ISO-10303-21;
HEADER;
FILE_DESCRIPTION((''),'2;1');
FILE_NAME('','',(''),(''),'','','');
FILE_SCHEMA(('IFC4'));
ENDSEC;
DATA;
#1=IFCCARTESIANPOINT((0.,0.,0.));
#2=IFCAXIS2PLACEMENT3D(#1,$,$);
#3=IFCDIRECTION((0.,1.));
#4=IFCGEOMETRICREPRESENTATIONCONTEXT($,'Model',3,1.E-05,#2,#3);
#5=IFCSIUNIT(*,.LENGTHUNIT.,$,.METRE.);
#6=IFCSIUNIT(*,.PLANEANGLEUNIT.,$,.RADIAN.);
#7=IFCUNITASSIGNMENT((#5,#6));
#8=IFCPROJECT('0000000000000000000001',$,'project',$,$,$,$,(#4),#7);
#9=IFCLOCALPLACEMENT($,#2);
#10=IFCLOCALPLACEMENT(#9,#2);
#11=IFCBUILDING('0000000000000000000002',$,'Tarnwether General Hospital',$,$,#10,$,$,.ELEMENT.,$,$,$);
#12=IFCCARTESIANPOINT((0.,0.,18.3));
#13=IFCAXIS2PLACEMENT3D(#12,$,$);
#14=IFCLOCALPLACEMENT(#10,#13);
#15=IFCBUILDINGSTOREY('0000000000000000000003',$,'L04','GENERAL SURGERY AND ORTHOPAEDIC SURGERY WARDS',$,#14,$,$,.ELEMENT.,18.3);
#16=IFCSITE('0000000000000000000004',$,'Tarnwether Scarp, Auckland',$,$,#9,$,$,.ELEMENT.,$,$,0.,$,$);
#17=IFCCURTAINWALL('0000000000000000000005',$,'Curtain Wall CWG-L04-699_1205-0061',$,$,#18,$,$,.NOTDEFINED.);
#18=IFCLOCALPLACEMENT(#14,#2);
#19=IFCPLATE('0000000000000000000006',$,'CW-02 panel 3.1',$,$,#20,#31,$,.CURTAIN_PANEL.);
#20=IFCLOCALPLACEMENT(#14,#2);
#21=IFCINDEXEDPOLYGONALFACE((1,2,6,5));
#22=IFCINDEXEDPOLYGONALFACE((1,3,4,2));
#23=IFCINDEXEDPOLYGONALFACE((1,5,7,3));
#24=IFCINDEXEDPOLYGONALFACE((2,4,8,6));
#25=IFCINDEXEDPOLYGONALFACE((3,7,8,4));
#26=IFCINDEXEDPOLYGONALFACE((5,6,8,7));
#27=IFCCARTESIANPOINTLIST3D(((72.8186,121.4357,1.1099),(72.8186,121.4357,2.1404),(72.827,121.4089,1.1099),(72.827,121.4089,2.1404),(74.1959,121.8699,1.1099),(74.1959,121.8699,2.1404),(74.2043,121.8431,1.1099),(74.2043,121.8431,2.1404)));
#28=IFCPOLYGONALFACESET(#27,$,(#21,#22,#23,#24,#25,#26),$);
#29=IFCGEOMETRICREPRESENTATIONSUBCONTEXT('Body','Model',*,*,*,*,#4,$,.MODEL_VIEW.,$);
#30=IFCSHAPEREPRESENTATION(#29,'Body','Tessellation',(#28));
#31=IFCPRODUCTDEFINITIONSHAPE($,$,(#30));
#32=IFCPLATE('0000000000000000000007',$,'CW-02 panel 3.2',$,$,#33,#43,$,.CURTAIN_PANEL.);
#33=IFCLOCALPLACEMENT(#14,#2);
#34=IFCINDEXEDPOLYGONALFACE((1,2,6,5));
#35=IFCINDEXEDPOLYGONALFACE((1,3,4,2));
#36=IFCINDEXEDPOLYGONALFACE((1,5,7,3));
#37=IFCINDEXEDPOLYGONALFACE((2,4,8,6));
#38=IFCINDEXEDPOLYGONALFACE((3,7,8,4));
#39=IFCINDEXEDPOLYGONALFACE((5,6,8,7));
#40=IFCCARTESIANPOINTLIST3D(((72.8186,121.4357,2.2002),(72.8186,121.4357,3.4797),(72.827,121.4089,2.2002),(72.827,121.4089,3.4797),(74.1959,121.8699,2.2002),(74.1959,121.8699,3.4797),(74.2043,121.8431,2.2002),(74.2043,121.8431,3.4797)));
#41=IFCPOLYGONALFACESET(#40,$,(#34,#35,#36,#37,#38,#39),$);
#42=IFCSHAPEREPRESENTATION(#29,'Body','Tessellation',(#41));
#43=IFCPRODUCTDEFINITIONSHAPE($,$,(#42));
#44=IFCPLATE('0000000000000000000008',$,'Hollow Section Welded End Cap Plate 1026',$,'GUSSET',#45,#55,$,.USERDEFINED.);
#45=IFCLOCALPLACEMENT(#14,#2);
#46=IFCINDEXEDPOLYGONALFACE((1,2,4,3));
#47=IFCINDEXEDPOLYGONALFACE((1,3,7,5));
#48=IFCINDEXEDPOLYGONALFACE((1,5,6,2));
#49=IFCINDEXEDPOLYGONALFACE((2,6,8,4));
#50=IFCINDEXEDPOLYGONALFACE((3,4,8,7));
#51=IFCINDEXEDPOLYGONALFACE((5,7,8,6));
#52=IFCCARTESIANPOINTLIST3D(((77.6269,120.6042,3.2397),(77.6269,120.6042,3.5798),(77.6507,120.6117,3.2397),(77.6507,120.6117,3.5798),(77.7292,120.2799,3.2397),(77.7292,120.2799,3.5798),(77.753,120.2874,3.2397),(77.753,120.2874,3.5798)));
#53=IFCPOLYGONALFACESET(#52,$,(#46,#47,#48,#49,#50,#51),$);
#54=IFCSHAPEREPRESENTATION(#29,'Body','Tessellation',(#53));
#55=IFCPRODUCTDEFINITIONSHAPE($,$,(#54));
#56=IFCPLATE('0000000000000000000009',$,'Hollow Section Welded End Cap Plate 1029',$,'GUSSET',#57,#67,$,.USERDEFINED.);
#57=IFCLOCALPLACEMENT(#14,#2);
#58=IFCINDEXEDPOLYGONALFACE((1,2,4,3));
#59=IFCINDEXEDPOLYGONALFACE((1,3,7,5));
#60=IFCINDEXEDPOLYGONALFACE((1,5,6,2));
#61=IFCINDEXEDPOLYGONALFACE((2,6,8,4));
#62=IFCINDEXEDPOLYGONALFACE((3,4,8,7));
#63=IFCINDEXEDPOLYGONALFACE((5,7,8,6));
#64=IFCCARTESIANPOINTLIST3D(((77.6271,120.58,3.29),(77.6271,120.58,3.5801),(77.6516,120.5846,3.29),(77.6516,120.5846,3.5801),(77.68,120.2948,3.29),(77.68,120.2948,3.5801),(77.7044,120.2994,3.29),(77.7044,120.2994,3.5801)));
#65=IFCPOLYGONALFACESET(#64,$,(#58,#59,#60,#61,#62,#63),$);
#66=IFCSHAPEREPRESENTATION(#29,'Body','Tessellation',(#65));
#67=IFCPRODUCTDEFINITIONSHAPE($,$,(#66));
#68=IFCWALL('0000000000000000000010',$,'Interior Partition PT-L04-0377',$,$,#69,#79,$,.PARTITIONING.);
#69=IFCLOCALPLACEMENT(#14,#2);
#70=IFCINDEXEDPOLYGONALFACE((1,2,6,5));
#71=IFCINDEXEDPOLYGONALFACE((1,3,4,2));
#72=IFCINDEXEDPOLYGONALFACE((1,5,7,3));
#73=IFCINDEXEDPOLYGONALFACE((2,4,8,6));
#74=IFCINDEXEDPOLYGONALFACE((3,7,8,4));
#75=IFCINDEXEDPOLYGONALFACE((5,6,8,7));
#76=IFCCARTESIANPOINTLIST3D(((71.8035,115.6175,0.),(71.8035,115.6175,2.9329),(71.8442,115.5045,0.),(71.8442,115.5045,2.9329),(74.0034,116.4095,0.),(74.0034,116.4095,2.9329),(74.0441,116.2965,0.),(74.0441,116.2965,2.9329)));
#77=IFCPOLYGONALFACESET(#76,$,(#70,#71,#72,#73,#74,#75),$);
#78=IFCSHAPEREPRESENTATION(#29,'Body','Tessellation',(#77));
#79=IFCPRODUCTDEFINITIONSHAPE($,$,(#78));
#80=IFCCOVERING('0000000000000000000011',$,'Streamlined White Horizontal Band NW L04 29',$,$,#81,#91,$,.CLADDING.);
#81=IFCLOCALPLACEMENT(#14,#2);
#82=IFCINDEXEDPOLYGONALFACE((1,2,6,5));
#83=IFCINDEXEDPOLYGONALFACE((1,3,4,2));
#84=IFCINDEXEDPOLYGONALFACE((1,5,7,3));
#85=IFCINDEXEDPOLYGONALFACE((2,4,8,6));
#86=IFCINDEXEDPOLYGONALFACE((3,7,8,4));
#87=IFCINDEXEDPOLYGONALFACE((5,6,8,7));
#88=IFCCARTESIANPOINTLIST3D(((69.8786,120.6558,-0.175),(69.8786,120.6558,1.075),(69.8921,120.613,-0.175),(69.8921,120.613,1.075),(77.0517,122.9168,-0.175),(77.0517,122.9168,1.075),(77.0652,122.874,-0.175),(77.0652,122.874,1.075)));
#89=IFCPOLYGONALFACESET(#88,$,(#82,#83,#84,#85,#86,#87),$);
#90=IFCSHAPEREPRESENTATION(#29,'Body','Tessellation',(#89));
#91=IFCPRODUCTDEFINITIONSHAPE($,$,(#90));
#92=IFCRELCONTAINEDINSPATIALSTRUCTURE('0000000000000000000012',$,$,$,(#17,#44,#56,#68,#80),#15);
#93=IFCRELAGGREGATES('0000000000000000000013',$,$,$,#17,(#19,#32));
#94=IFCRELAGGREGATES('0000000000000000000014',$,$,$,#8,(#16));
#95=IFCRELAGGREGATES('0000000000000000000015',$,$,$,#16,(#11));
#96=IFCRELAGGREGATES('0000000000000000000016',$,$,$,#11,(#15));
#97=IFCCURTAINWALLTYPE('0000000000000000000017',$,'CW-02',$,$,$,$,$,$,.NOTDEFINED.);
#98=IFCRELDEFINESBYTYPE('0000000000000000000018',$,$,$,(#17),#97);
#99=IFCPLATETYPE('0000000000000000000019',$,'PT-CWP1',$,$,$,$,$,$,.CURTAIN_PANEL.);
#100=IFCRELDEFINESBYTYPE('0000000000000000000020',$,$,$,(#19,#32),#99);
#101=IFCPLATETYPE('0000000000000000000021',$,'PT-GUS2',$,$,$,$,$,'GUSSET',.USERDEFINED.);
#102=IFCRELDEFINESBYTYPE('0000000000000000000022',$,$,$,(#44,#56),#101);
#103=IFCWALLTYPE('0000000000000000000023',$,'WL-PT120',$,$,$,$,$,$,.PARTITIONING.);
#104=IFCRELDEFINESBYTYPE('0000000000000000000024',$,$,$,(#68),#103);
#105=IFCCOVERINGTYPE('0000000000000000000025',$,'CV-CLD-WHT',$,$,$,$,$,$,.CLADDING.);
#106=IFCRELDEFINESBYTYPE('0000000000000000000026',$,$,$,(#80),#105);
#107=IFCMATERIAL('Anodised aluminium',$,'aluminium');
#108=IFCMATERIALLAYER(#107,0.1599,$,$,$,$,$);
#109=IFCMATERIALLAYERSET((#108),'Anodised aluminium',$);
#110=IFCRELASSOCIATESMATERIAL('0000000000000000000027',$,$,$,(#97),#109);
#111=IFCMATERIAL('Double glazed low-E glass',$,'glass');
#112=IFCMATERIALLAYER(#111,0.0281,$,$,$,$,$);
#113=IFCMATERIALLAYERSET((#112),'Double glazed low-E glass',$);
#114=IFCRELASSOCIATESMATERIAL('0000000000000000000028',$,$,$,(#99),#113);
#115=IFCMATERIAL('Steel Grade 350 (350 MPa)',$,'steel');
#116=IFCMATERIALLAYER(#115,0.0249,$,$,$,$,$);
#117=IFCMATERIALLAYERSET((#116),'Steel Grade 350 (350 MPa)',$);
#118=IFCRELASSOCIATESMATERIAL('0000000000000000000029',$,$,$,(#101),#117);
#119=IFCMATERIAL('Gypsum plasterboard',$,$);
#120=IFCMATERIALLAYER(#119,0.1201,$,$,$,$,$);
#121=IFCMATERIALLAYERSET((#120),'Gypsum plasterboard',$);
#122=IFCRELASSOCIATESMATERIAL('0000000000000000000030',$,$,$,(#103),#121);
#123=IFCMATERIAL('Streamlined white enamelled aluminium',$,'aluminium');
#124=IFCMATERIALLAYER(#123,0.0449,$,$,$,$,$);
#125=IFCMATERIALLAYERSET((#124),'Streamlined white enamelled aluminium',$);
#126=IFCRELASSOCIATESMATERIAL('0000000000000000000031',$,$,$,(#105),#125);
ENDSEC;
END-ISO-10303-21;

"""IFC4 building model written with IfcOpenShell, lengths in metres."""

from ifc_helpers import new_model, si_unit, direction, frame, frame_2d, origin, origin_2d, place, context, subcontext, project, spatial, rectangle, extrude, material, layer, layer_set, type_object, element, aggregate, save


model = new_model("IFC4")

# Units and contexts
model_context = context("Model", 3, precision=1e-05, world=origin(), true_north=direction((0.0, 1.0)))
body_context = subcontext(model_context, "Body", "Model", "MODEL_VIEW")
ifc_project = project(units=[si_unit("LENGTHUNIT", "METRE"), si_unit("PLANEANGLEUNIT", "RADIAN")], contexts=[model_context])

# Site, building, storey
site_placement = place(None, origin())
site = spatial("IfcSite", under=ifc_project, at=site_placement, Name="Tarnwether Scarp, Auckland", CompositionType="ELEMENT", RefElevation=0.0)
building_placement = place(site_placement, origin())
building = spatial("IfcBuilding", under=site, at=building_placement, Name="Tarnwether General Hospital", CompositionType="ELEMENT")
storey_placement = place(building_placement, frame((0.0, 0.0, 18.3)))
storey = spatial("IfcBuildingStorey", under=building, at=storey_placement, Name="L04", Description="GENERAL SURGERY AND ORTHOPAEDIC SURGERY WARDS", CompositionType="ELEMENT", Elevation=18.3)

# Curtain wall, plates
ifc_material_1 = material(Name="Anodised aluminium", Category="aluminium")
ifc_layer_1 = layer(ifc_material_1, 0.1599)
ifc_layer_set_1 = layer_set([ifc_layer_1], Name="Anodised aluminium")
curtain_wall_type = type_object("IfcCurtainWallType", Name="CW-02", PredefinedType="NOTDEFINED", material=ifc_layer_set_1)
curtain_wall_placement = place(storey_placement, origin())
curtain_wall = element("IfcCurtainWall", 1, at=curtain_wall_placement, inside=storey, type_object=curtain_wall_type, Name="Curtain Wall CWG-L04-699_1205-0061", PredefinedType="NOTDEFINED")
ifc_material_2 = material(Name="Double glazed low-E glass", Category="glass")
ifc_layer_2 = layer(ifc_material_2, 0.0281)
ifc_layer_set_2 = layer_set([ifc_layer_2], Name="Double glazed low-E glass")
plate_type_1 = type_object("IfcPlateType", Name="PT-CWP1", PredefinedType="CURTAIN_PANEL", material=ifc_layer_set_2)
plate_1_placement = place(storey_placement, frame((73.5115, 121.6394, 1.1099), z_axis=(0.0, 0.0, 1.0), x_axis=(0.953741, 0.300629, 0.0)))
plate_1 = element("IfcPlate", 2, at=plate_1_placement, type_object=plate_type_1, Name="CW-02 panel 3.1", PredefinedType="CURTAIN_PANEL", context=body_context, shape_type="SweptSolid", body=[
    extrude(rectangle(XDim=1.4441, YDim=0.0281, at=origin_2d()), origin(), (0.0, 0.0, 1.0), 1.0305),
])
plate_2_placement = place(storey_placement, frame((73.5115, 121.6394, 2.2002), z_axis=(0.0, 0.0, 1.0), x_axis=(0.953741, 0.300629, 0.0)))
plate_2 = element("IfcPlate", 3, at=plate_2_placement, type_object=plate_type_1, Name="CW-02 panel 3.2", PredefinedType="CURTAIN_PANEL", context=body_context, shape_type="SweptSolid", body=[
    extrude(rectangle(XDim=1.4441, YDim=0.0281, at=origin_2d()), origin(), (0.0, 0.0, 1.0), 1.2795),
])
aggregate(curtain_wall, [plate_1, plate_2])

# Plates
ifc_material_3 = material(Name="Steel Grade 350 (350 MPa)", Category="steel")
ifc_layer_3 = layer(ifc_material_3, 0.0249)
ifc_layer_set_3 = layer_set([ifc_layer_3], Name="Steel Grade 350 (350 MPa)")
plate_type_2 = type_object("IfcPlateType", Name="PT-GUS2", ElementType="GUSSET", PredefinedType="USERDEFINED", material=ifc_layer_set_3)
plate_3_placement = place(storey_placement, frame((77.6899, 120.4458, 3.2397), z_axis=(0.0, 0.0, 1.0), x_axis=(0.953691, 0.300789, 0.0)))
element("IfcPlate", 4, at=plate_3_placement, inside=storey, type_object=plate_type_2, Name="Hollow Section Welded End Cap Plate 1026", ObjectType="GUSSET", PredefinedType="USERDEFINED", context=body_context, shape_type="SweptSolid", body=[
    extrude(rectangle(XDim=0.0249, YDim=0.3401, at=origin_2d()), origin(), (0.0, 0.0, 1.0), 0.3401),
])
plate_4_placement = place(storey_placement, frame((77.6658, 120.4397, 3.29), z_axis=(0.0, 0.0, 1.0), x_axis=(0.983261, 0.182201, 0.0)))
element("IfcPlate", 5, at=plate_4_placement, inside=storey, type_object=plate_type_2, Name="Hollow Section Welded End Cap Plate 1029", ObjectType="GUSSET", PredefinedType="USERDEFINED", context=body_context, shape_type="SweptSolid", body=[
    extrude(rectangle(XDim=0.0249, YDim=0.29, at=origin_2d()), origin(), (0.0, 0.0, 1.0), 0.29),
])

# Wall
ifc_material_4 = material(Name="Gypsum plasterboard")
ifc_layer_4 = layer(ifc_material_4, 0.1201)
ifc_layer_set_4 = layer_set([ifc_layer_4], Name="Gypsum plasterboard")
wall_type = type_object("IfcWallType", Name="WL-PT120", PredefinedType="PARTITIONING", material=ifc_layer_set_4)
wall_placement = place(storey_placement, frame((71.824, 115.561, 0.0), z_axis=(0.0, 0.0, 1.0), x_axis=(0.940886, 0.338723, 0.0)))
element("IfcWall", 6, at=wall_placement, inside=storey, type_object=wall_type, Name="Interior Partition PT-L04-0377", PredefinedType="PARTITIONING", context=body_context, shape_type="SweptSolid", body=[
    extrude(rectangle(XDim=2.3381, YDim=0.1201, at=frame_2d((1.1689, 0.0))), origin(), (0.0, 0.0, 1.0), 2.9329),
])

# Covering
ifc_material_5 = material(Name="Streamlined white enamelled aluminium", Category="aluminium")
ifc_layer_5 = layer(ifc_material_5, 0.0449)
ifc_layer_set_5 = layer_set([ifc_layer_5], Name="Streamlined white enamelled aluminium")
covering_type = type_object("IfcCoveringType", Name="CV-CLD-WHT", PredefinedType="CLADDING", material=ifc_layer_set_5)
covering_placement = place(storey_placement, frame((73.4719, 121.7649, -0.175), z_axis=(0.0, 0.0, 1.0), x_axis=(0.953743, 0.300623, 0.0)))
element("IfcCovering", 7, at=covering_placement, inside=storey, type_object=covering_type, Name="Streamlined White Horizontal Band NW L04 29", PredefinedType="CLADDING", context=body_context, shape_type="SweptSolid", body=[
    extrude(rectangle(XDim=7.521, YDim=0.0449, at=origin_2d()), origin(), (0.0, 0.0, 1.0), 1.25),
])

save(model, "model.ifc")
